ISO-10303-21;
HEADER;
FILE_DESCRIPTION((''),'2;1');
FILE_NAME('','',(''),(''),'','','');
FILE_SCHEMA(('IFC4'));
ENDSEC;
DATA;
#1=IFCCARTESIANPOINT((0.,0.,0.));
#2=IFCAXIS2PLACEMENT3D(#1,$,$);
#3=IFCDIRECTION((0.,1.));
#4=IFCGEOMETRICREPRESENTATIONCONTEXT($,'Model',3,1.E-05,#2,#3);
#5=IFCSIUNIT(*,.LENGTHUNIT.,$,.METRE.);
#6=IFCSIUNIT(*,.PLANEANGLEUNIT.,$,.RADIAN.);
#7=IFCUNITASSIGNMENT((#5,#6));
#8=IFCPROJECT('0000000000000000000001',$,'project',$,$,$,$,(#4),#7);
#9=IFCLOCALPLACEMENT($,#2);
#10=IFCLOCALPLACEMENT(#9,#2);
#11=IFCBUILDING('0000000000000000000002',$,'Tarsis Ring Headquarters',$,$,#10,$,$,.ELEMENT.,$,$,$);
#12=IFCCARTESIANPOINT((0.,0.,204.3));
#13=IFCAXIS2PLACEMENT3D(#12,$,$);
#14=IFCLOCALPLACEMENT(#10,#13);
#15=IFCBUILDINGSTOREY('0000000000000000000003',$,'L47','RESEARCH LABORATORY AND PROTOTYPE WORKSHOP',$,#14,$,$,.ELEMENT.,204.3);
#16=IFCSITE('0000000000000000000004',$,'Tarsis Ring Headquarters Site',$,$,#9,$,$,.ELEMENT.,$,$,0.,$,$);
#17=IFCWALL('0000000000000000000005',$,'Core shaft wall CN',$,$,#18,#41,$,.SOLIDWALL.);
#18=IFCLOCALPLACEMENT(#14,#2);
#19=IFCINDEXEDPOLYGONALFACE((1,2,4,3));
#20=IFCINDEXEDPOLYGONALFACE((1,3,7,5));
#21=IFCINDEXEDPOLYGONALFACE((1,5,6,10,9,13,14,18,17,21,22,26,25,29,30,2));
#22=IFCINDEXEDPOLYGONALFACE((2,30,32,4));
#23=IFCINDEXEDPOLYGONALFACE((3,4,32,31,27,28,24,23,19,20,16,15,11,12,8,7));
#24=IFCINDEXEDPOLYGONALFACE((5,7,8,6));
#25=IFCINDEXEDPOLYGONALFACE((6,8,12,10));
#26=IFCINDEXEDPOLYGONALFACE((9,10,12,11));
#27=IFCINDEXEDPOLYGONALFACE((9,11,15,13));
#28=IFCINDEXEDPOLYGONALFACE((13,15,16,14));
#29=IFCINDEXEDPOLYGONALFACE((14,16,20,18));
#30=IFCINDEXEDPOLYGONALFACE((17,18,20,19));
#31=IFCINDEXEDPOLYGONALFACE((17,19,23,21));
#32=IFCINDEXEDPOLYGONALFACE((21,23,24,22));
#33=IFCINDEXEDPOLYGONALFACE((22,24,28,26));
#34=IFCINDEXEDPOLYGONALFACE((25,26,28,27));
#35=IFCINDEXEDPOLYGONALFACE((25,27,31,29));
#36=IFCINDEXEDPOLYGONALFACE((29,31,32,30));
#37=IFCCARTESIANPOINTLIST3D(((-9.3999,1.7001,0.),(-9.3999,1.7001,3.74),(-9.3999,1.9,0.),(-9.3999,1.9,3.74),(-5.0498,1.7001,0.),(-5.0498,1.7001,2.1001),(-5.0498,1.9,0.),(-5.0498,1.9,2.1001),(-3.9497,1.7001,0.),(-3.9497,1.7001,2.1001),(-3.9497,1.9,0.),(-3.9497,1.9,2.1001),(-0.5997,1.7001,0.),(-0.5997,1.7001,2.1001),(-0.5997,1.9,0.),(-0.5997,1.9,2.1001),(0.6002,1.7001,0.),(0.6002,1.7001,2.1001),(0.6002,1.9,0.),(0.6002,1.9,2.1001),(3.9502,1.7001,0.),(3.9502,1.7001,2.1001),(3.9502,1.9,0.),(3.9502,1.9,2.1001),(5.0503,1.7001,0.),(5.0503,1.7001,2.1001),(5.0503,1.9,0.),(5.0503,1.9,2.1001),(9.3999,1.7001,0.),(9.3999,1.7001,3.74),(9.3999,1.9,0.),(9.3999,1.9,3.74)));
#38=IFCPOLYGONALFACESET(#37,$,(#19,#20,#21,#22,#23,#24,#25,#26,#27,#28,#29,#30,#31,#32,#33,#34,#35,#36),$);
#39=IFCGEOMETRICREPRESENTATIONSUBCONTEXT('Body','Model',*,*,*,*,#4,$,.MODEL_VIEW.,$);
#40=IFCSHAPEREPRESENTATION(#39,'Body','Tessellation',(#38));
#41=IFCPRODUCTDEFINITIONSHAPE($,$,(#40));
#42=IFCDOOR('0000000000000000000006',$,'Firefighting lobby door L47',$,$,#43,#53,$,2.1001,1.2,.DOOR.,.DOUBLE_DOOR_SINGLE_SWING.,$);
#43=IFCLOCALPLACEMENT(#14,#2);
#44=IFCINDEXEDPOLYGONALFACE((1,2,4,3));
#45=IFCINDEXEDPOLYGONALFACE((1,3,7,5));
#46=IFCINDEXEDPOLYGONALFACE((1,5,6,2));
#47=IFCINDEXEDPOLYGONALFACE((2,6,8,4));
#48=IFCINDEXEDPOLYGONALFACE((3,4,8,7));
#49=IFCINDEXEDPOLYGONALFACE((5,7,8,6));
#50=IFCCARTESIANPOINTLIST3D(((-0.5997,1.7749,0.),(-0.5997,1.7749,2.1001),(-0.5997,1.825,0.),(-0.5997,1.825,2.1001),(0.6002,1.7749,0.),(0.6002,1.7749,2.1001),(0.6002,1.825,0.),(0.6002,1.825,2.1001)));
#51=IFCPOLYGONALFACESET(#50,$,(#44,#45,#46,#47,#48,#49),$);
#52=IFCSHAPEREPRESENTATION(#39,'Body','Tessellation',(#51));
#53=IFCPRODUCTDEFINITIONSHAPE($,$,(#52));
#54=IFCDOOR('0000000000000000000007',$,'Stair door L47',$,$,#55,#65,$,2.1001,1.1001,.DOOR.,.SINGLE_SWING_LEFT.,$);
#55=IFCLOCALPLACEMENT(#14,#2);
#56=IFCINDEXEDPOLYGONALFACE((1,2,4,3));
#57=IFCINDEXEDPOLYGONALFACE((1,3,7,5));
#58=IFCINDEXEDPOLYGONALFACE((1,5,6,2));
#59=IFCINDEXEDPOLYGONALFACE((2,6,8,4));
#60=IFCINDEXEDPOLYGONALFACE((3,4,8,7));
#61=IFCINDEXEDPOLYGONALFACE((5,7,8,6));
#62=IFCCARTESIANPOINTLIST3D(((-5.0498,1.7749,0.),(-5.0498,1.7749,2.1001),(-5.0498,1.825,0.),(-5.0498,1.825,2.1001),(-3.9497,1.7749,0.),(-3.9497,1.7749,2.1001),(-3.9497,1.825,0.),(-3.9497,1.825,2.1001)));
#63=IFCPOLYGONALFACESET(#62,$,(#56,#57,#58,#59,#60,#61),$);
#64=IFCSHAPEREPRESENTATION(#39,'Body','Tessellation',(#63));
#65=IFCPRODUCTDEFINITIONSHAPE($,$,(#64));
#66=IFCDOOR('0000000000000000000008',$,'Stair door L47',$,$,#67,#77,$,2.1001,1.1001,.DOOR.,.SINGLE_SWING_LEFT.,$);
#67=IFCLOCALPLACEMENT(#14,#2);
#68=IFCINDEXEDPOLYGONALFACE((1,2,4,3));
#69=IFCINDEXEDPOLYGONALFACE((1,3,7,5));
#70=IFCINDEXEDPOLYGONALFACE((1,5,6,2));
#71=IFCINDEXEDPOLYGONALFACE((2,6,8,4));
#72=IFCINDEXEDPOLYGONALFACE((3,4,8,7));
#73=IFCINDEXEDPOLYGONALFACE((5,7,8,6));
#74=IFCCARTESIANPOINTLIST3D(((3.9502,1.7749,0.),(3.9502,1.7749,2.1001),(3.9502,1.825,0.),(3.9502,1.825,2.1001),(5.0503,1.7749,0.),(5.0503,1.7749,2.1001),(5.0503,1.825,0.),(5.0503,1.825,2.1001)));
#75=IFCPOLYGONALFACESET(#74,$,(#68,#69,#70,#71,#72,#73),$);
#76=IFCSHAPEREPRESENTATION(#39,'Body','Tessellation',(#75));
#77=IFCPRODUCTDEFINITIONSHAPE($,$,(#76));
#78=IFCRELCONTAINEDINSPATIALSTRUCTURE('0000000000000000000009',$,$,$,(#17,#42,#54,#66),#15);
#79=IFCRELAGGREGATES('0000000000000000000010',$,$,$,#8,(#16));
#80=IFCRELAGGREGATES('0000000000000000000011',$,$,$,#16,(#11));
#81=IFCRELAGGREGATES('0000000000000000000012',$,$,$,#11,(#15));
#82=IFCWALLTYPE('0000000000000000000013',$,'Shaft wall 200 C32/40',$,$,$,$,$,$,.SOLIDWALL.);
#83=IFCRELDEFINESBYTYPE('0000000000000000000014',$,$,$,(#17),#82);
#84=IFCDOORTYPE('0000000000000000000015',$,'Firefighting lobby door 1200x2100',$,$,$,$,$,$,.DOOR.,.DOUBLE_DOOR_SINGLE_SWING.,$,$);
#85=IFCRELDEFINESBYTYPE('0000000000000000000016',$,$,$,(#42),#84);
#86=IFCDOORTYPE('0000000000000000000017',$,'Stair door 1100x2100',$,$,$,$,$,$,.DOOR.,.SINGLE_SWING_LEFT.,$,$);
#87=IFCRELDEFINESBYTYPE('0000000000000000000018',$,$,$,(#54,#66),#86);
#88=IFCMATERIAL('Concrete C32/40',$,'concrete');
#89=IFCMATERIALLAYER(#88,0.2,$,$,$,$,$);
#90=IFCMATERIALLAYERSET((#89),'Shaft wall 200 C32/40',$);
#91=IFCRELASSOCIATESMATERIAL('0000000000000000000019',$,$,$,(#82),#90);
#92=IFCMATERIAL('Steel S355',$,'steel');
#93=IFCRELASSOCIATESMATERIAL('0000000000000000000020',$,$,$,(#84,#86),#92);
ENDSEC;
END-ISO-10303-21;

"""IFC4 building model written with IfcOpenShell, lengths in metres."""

from ifc_helpers import new_model, si_unit, direction, frame, frame_2d, origin, place, context, subcontext, project, spatial, rectangle, extrude, material, layer, layer_set, type_object, element, fill, save


model = new_model("IFC4")

# Units and contexts
model_context = context("Model", 3, precision=1e-05, world=origin(), true_north=direction((0.0, 1.0)))
body_context = subcontext(model_context, "Body", "Model", "MODEL_VIEW")
ifc_project = project(units=[si_unit("LENGTHUNIT", "METRE"), si_unit("PLANEANGLEUNIT", "RADIAN")], contexts=[model_context])

# Site, building, storey
site_placement = place(None, origin())
site = spatial("IfcSite", under=ifc_project, at=site_placement, Name="Tarsis Ring Headquarters Site", CompositionType="ELEMENT", RefElevation=0.0)
building_placement = place(site_placement, origin())
building = spatial("IfcBuilding", under=site, at=building_placement, Name="Tarsis Ring Headquarters", CompositionType="ELEMENT")
storey_placement = place(building_placement, frame((0.0, 0.0, 204.3)))
storey = spatial("IfcBuildingStorey", under=building, at=storey_placement, Name="L47", Description="RESEARCH LABORATORY AND PROTOTYPE WORKSHOP", CompositionType="ELEMENT", Elevation=204.3)

# Shared definitions
ifc_material_1 = material(Name="Steel S355", Category="steel")

# Wall, openings, doors
ifc_material_2 = material(Name="Concrete C32/40", Category="concrete")
ifc_layer_1 = layer(ifc_material_2, 0.2)
ifc_layer_set_1 = layer_set([ifc_layer_1], Name="Shaft wall 200 C32/40")
wall_type_1 = type_object("IfcWallType", Name="Shaft wall 200 C32/40", PredefinedType="SOLIDWALL", material=ifc_layer_set_1)
wall_1_placement = place(storey_placement, frame((-9.3999, 1.8, 0.0), z_axis=(0.0, 0.0, 1.0), x_axis=(1.0, 0.0, 0.0)))
wall_1 = element("IfcWall", 1, at=wall_1_placement, inside=storey, type_object=wall_type_1, Name="Core shaft wall CN", PredefinedType="SOLIDWALL", context=body_context, shape_type="SweptSolid", body=[
    extrude(rectangle(XDim=18.7998, YDim=0.2, at=frame_2d((9.3999, 0.0))), origin(), (0.0, 0.0, 1.0), 3.74),
])
opening_1_placement = place(wall_1_placement, frame((4.3501, 0.0, 0.0)))
opening_1 = element("IfcOpeningElement", 2, at=opening_1_placement, cuts=wall_1, PredefinedType="OPENING", context=body_context, shape_type="SweptSolid", body=[
    extrude(rectangle(XDim=1.1001, YDim=2.1001, at=frame_2d((0.55, 1.05))), frame((0.0, 0.1099, 0.0), z_axis=(0.0, -1.0, 0.0), x_axis=(1.0, 0.0, 0.0)), (0.0, 0.0, 1.0), 0.22),
])
opening_2_placement = place(wall_1_placement, frame((8.8, 0.0, 0.0)))
opening_2 = element("IfcOpeningElement", 3, at=opening_2_placement, cuts=wall_1, PredefinedType="OPENING", context=body_context, shape_type="SweptSolid", body=[
    extrude(rectangle(XDim=1.2, YDim=2.1001, at=frame_2d((0.6001, 1.05))), frame((0.0, 0.1099, 0.0), z_axis=(0.0, -1.0, 0.0), x_axis=(1.0, 0.0, 0.0)), (0.0, 0.0, 1.0), 0.22),
])
opening_3_placement = place(wall_1_placement, frame((13.3501, 0.0, 0.0)))
opening_3 = element("IfcOpeningElement", 4, at=opening_3_placement, cuts=wall_1, PredefinedType="OPENING", context=body_context, shape_type="SweptSolid", body=[
    extrude(rectangle(XDim=1.1001, YDim=2.1001, at=frame_2d((0.55, 1.05))), frame((0.0, 0.1099, 0.0), z_axis=(0.0, -1.0, 0.0), x_axis=(1.0, 0.0, 0.0)), (0.0, 0.0, 1.0), 0.22),
])
door_type_1 = type_object("IfcDoorType", Name="Firefighting lobby door 1200x2100", OperationType="DOUBLE_DOOR_SINGLE_SWING", PredefinedType="DOOR", material=ifc_material_1)
door_1_placement = place(opening_2_placement, origin())
door_1 = element("IfcDoor", 5, at=door_1_placement, inside=storey, type_object=door_type_1, Name="Firefighting lobby door L47", OperationType="DOUBLE_DOOR_SINGLE_SWING", OverallHeight=2.1001, OverallWidth=1.2, PredefinedType="DOOR", context=body_context, shape_type="SweptSolid", body=[
    extrude(rectangle(XDim=1.2, YDim=2.1001, at=frame_2d((0.6001, 1.05))), frame((0.0, 0.0249, 0.0), z_axis=(0.0, -1.0, 0.0), x_axis=(1.0, 0.0, 0.0)), (0.0, 0.0, 1.0), 0.05),
])
fill(opening_2, door_1)
door_type_2 = type_object("IfcDoorType", Name="Stair door 1100x2100", OperationType="SINGLE_SWING_LEFT", PredefinedType="DOOR", material=ifc_material_1)
door_2_placement = place(opening_1_placement, origin())
door_2 = element("IfcDoor", 6, at=door_2_placement, inside=storey, type_object=door_type_2, Name="Stair door L47", OperationType="SINGLE_SWING_LEFT", OverallHeight=2.1001, OverallWidth=1.1001, PredefinedType="DOOR", context=body_context, shape_type="SweptSolid", body=[
    extrude(rectangle(XDim=1.1001, YDim=2.1001, at=frame_2d((0.55, 1.05))), frame((0.0, 0.0249, 0.0), z_axis=(0.0, -1.0, 0.0), x_axis=(1.0, 0.0, 0.0)), (0.0, 0.0, 1.0), 0.05),
])
fill(opening_1, door_2)
door_3_placement = place(opening_3_placement, origin())
door_3 = element("IfcDoor", 7, at=door_3_placement, inside=storey, type_object=door_type_2, Name="Stair door L47", OperationType="SINGLE_SWING_LEFT", OverallHeight=2.1001, OverallWidth=1.1001, PredefinedType="DOOR", context=body_context, shape_type="SweptSolid", body=[
    extrude(rectangle(XDim=1.1001, YDim=2.1001, at=frame_2d((0.55, 1.05))), frame((0.0, 0.0249, 0.0), z_axis=(0.0, -1.0, 0.0), x_axis=(1.0, 0.0, 0.0)), (0.0, 0.0, 1.0), 0.05),
])
fill(opening_3, door_3)

save(model, "model.ifc")
